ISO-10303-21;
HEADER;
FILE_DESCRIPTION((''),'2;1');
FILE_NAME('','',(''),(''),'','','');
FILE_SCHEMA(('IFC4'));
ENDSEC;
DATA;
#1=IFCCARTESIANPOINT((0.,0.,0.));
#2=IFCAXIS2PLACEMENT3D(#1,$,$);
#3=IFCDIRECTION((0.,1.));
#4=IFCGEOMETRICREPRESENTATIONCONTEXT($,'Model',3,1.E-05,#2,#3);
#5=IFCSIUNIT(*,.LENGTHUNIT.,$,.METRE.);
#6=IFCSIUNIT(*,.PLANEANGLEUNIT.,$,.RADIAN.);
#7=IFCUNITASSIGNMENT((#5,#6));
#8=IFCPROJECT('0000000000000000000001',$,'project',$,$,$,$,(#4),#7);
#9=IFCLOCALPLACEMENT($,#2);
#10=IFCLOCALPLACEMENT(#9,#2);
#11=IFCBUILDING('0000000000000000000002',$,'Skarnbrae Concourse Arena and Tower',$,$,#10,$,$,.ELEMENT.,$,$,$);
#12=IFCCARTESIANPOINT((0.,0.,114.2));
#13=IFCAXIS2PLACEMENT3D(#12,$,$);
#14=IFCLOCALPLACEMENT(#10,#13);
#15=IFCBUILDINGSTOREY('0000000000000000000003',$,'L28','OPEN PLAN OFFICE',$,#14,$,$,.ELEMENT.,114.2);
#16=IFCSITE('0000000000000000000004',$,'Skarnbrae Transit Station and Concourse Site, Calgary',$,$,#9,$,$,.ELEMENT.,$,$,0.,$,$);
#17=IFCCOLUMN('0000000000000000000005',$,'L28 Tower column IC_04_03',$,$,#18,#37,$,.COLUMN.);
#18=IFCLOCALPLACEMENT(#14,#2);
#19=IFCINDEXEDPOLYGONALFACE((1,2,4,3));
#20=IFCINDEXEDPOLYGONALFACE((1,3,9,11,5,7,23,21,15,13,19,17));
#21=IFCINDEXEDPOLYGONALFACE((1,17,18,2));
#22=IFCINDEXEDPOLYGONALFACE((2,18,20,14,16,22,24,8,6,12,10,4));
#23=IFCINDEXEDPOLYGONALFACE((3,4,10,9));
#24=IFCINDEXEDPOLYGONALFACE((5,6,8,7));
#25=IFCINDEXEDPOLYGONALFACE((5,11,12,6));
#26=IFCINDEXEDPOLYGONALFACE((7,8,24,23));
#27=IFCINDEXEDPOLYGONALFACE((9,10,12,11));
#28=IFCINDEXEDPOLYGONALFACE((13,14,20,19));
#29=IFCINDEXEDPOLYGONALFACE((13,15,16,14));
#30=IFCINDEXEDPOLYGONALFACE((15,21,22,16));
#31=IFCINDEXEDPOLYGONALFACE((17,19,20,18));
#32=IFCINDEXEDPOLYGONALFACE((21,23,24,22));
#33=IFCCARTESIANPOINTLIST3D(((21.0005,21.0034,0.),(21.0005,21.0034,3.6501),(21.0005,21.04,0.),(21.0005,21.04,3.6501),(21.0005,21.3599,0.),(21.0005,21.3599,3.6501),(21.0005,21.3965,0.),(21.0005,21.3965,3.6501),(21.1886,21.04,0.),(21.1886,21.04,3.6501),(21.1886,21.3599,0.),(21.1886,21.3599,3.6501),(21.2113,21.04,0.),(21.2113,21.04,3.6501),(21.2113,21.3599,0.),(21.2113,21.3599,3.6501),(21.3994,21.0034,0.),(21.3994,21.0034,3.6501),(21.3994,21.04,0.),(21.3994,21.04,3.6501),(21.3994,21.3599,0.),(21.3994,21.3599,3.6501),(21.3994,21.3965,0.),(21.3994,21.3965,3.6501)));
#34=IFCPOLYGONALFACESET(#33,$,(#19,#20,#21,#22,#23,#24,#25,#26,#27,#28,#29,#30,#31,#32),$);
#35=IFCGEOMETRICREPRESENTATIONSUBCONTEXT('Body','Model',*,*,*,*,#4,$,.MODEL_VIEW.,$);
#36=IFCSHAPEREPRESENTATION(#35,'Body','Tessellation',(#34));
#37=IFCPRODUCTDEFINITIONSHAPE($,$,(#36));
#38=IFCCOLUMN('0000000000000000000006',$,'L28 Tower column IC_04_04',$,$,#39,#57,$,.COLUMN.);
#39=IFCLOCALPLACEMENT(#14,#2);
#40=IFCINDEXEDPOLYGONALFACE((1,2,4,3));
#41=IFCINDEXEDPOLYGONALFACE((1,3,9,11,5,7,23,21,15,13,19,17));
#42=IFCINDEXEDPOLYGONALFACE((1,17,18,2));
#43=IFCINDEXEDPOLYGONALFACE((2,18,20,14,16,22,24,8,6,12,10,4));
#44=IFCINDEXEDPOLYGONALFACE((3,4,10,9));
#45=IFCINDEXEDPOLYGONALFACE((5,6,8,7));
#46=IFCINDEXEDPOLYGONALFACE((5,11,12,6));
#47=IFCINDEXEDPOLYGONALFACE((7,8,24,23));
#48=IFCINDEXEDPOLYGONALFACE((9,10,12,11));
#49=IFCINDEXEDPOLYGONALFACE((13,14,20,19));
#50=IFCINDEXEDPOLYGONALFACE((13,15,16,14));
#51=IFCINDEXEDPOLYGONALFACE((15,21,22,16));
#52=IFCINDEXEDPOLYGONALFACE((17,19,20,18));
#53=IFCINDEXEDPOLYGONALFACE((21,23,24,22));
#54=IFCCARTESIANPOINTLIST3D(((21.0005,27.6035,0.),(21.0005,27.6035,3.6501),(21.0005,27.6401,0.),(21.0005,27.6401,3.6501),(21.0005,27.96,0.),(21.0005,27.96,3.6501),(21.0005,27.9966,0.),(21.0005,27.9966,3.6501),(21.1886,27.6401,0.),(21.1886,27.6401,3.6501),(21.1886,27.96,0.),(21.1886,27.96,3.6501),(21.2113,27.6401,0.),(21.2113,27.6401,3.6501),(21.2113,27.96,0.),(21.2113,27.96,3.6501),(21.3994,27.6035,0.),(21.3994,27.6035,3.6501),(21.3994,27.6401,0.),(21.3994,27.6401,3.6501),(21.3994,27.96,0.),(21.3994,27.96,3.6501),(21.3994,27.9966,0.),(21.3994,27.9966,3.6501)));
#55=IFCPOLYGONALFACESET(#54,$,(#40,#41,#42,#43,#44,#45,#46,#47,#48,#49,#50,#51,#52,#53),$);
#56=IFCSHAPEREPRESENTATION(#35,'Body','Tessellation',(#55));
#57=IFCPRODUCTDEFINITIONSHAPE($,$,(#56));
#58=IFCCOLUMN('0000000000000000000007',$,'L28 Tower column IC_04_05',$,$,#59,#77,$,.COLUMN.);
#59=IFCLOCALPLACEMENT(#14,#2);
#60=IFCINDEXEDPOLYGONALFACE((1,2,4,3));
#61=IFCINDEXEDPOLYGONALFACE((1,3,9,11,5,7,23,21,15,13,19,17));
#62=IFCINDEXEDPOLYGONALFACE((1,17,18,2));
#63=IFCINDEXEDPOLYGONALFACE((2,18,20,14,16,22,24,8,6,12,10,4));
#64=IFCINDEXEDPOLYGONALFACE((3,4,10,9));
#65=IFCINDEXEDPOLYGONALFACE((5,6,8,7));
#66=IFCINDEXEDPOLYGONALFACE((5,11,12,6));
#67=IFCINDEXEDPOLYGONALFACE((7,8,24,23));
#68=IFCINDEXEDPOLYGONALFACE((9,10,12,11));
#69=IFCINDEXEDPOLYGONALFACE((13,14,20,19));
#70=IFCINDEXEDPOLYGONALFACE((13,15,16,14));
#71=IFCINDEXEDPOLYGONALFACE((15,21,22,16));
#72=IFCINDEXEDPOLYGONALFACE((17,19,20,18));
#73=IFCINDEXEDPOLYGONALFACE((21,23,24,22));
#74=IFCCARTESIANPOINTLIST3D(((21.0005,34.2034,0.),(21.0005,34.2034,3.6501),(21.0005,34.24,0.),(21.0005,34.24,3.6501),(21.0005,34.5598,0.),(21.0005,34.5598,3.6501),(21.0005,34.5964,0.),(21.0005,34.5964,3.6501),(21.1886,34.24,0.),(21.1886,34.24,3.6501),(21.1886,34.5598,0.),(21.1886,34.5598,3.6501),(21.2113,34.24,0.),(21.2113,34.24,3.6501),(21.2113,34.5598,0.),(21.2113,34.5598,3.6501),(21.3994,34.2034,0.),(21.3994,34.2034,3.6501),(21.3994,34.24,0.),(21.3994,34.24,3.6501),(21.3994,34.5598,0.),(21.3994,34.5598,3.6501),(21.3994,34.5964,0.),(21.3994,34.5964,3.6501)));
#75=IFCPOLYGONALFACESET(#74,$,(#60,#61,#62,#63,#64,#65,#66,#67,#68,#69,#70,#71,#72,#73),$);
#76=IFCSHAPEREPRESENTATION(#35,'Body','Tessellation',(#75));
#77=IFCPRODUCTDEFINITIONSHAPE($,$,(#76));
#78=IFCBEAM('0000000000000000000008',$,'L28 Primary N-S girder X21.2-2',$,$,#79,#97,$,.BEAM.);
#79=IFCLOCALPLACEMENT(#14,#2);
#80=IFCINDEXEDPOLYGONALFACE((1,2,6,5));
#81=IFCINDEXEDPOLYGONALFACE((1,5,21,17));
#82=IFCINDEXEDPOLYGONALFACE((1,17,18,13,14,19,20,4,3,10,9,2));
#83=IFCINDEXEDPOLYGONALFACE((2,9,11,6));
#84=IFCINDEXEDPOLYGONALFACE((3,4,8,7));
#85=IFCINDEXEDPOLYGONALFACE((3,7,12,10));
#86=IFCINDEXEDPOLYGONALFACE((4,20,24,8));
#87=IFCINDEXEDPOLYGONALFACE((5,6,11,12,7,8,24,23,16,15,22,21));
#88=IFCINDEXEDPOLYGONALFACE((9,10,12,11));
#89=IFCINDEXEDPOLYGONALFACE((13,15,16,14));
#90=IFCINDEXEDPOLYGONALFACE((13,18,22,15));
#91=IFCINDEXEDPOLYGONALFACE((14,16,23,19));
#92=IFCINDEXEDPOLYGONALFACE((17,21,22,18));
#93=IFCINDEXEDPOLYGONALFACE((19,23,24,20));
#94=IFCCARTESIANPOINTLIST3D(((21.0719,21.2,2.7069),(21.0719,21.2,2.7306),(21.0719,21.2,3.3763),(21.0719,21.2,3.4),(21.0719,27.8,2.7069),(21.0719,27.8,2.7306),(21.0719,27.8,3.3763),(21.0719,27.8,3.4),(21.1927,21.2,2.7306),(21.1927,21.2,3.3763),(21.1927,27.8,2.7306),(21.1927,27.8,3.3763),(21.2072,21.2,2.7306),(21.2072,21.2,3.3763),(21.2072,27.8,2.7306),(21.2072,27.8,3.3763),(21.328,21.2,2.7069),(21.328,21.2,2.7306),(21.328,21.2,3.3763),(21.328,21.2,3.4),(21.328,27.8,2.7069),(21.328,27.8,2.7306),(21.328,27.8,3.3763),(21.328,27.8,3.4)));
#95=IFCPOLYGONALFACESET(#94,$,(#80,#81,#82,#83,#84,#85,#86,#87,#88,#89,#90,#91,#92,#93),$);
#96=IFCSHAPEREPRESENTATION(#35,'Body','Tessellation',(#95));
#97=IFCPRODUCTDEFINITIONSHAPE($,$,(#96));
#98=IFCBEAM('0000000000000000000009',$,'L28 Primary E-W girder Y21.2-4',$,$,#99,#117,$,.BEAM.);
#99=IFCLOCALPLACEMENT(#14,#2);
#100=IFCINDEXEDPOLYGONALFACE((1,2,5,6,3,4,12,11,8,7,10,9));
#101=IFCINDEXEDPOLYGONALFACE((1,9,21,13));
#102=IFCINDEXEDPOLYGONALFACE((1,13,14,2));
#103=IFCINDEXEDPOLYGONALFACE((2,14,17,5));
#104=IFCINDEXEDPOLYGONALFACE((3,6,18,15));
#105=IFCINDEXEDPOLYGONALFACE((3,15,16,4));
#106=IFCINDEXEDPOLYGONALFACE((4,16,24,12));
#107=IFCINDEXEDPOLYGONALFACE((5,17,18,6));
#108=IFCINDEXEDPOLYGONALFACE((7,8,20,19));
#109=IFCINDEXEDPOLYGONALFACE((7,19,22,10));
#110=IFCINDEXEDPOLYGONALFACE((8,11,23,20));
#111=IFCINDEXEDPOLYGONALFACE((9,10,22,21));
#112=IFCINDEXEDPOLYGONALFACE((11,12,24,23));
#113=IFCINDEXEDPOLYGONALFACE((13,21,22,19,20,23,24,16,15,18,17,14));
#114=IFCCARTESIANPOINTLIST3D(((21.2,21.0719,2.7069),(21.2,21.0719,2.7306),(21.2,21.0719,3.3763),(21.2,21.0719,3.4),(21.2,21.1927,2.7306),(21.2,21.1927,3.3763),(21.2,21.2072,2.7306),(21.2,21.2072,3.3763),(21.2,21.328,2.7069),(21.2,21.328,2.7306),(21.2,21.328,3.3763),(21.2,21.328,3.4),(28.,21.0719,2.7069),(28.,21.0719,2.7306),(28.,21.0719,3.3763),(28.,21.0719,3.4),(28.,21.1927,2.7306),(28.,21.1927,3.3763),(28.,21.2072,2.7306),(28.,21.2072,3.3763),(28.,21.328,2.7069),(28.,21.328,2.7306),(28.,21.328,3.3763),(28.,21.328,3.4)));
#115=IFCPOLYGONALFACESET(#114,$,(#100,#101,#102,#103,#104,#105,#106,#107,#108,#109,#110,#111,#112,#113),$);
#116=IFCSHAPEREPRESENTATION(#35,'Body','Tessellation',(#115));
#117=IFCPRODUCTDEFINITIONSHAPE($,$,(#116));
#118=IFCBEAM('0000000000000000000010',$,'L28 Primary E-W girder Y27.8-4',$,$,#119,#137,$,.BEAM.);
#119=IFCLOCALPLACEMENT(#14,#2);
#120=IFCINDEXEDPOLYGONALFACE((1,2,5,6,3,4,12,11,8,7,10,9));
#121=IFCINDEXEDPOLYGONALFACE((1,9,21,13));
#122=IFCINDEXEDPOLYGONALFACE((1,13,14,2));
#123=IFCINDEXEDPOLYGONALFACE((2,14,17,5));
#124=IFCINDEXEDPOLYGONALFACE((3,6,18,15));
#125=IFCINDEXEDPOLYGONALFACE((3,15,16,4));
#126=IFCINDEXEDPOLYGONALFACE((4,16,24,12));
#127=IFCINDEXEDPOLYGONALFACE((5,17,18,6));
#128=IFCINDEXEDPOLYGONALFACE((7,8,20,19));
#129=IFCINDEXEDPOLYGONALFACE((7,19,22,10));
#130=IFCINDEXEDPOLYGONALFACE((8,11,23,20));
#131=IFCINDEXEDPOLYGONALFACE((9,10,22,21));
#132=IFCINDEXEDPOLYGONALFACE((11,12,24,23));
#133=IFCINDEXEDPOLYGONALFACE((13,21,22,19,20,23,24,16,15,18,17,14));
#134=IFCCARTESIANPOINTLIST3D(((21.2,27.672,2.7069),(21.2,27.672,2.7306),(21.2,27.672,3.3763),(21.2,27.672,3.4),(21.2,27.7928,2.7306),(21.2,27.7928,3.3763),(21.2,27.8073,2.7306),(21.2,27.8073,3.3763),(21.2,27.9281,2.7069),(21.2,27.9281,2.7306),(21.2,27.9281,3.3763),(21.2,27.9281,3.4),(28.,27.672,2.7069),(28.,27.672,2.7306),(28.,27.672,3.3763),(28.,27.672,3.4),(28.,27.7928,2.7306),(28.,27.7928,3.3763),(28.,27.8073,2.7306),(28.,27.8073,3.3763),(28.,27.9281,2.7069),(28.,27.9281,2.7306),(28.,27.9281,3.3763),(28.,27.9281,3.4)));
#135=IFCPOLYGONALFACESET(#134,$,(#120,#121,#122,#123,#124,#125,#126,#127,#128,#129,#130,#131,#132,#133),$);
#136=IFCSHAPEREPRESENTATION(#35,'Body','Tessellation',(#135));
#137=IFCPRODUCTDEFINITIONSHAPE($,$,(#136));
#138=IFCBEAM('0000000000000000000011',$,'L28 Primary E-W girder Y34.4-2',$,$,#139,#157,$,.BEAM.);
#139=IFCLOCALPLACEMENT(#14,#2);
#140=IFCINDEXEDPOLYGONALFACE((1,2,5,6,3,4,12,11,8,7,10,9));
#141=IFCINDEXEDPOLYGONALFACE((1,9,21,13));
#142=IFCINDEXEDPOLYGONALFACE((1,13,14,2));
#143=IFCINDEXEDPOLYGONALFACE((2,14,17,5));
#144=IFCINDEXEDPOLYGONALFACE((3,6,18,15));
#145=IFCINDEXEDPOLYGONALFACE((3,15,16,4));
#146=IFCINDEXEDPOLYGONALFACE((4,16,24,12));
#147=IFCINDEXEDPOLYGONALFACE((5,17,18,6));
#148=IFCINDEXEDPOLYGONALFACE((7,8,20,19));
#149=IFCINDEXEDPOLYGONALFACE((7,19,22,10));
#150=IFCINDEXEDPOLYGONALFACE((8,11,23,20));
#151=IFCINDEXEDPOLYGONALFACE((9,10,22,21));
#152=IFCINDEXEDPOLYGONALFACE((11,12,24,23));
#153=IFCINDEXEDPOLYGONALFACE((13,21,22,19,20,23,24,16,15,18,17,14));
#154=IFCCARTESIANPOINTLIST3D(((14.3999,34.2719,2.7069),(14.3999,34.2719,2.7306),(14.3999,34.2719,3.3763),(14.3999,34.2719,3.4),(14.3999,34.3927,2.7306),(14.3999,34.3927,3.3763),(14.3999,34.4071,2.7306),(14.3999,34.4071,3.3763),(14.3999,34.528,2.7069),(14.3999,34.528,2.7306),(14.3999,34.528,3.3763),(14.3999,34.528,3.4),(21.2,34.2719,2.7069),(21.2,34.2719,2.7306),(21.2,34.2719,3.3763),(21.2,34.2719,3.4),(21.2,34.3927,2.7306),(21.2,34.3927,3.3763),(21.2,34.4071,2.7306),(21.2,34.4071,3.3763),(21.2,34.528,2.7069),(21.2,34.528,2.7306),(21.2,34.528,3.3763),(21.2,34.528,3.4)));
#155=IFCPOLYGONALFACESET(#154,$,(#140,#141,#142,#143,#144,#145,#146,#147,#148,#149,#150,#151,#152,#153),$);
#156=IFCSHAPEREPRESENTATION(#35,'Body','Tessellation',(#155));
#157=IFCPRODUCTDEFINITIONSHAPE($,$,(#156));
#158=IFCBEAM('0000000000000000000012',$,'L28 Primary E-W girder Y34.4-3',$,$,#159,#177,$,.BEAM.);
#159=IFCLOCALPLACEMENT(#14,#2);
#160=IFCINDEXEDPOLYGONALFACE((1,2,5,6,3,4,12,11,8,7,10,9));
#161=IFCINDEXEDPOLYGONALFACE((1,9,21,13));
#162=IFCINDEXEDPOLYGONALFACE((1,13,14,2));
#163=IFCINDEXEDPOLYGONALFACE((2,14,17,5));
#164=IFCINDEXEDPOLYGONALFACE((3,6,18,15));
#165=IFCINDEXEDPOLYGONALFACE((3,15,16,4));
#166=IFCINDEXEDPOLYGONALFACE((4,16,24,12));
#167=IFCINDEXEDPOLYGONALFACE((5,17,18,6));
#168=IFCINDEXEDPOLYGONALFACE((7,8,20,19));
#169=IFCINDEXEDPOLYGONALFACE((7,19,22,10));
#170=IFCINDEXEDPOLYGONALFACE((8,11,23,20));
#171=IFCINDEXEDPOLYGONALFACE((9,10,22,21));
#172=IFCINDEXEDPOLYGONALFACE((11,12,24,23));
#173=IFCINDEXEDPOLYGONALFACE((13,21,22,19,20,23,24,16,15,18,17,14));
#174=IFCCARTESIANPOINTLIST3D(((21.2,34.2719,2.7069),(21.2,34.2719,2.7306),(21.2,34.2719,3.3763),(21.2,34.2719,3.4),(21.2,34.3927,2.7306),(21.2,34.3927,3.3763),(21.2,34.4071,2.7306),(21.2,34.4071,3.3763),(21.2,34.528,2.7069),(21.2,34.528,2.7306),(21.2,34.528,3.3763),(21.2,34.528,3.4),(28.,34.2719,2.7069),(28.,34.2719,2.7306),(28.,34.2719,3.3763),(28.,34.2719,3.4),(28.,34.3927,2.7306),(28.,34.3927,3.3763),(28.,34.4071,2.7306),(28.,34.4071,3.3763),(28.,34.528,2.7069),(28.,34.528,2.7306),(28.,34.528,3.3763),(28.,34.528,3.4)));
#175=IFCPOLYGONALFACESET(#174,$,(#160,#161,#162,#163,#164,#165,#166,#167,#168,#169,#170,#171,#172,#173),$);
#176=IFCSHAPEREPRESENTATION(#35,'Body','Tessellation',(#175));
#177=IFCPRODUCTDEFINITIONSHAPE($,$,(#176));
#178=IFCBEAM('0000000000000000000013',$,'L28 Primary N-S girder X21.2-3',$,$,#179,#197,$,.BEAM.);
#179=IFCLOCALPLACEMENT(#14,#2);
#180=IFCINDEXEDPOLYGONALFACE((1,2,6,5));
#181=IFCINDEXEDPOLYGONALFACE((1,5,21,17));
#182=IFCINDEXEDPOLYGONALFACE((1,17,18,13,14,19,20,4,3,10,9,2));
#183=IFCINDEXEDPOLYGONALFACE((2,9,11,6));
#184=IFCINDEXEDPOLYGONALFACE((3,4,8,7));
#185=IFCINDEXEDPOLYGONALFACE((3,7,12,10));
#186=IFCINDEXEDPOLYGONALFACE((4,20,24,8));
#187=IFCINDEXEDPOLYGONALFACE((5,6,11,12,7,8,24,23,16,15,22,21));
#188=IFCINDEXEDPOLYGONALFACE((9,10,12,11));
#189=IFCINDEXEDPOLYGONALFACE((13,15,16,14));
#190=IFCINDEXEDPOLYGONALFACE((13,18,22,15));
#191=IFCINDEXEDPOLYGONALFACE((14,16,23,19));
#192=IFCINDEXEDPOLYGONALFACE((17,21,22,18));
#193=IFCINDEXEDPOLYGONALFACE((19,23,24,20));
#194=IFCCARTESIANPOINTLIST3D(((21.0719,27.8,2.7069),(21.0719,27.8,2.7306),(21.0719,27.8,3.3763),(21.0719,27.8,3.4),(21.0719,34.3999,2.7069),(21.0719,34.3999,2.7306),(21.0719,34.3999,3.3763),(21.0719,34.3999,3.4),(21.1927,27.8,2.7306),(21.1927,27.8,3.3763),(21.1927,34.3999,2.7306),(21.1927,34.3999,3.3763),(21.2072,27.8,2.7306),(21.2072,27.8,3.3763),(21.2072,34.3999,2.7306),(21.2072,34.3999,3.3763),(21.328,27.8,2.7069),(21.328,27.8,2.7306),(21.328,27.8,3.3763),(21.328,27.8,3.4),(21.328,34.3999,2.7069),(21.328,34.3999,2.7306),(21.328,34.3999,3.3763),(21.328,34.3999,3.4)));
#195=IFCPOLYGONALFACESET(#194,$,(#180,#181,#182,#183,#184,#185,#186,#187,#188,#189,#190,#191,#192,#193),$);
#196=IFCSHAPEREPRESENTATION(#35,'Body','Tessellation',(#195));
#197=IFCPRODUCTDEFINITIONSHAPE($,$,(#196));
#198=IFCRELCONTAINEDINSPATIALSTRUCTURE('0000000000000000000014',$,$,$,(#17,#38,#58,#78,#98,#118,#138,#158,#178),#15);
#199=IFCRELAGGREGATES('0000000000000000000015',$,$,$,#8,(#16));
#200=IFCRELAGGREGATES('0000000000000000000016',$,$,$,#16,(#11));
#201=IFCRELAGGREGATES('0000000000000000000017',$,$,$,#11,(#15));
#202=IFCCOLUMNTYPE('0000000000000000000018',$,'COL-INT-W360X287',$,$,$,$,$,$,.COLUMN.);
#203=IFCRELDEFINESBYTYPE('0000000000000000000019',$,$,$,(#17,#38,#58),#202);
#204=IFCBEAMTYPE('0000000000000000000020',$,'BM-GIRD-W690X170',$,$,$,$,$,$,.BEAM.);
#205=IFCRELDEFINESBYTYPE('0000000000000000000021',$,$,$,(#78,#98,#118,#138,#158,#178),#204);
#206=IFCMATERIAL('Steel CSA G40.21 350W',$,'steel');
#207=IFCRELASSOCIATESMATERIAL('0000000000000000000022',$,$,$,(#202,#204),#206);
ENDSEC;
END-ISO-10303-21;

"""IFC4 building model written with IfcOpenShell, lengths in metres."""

from ifc_helpers import new_model, si_unit, direction, frame, origin, origin_2d, place, context, subcontext, project, spatial, i_section, extrude, source, transform, mapped, material, material_profile, profile_set, type_object, element, save


model = new_model("IFC4")

# Units and contexts
model_context = context("Model", 3, precision=1e-05, world=origin(), true_north=direction((0.0, 1.0)))
body_context = subcontext(model_context, "Body", "Model", "MODEL_VIEW")
ifc_project = project(units=[si_unit("LENGTHUNIT", "METRE"), si_unit("PLANEANGLEUNIT", "RADIAN")], contexts=[model_context])

# Site, building, storey
site_placement = place(None, origin())
site = spatial("IfcSite", under=ifc_project, at=site_placement, Name="Skarnbrae Transit Station and Concourse Site, Calgary", CompositionType="ELEMENT", RefElevation=0.0)
building_placement = place(site_placement, origin())
building = spatial("IfcBuilding", under=site, at=building_placement, Name="Skarnbrae Concourse Arena and Tower", CompositionType="ELEMENT")
storey_placement = place(building_placement, frame((0.0, 0.0, 114.2)))
storey = spatial("IfcBuildingStorey", under=building, at=storey_placement, Name="L28", Description="OPEN PLAN OFFICE", CompositionType="ELEMENT", Elevation=114.2)

# Columns
ifc_material_1 = material(Name="Steel CSA G40.21 350W", Category="steel")
ifc_material_profile_1 = material_profile(ifc_material_1, i_section(OverallWidth=0.3989, OverallDepth=0.3931, WebThickness=0.0227, FlangeThickness=0.0366, at=origin_2d()), Name="W360X287")
ifc_profile_set_1 = profile_set([ifc_material_profile_1], Name="Steel CSA G40.21 350W")
column_type = type_object("IfcColumnType", Name="COL-INT-W360X287", PredefinedType="COLUMN", material=ifc_profile_set_1)
shared_shape_1 = source(origin(), body_context, "Body", "SweptSolid", [
    extrude(i_section(OverallWidth=0.3989, OverallDepth=0.3931, WebThickness=0.0227, FlangeThickness=0.0366, at=origin_2d()), origin(), (0.0, 0.0, 1.0), 3.6501),
])
for number, where, z_axis, x_axis, name in (
    (1, (21.2, 21.2, 0.0), (0.0, 0.0, 1.0), (1.0, 0.0, 0.0), "L28 Tower column IC_04_03"),
    (2, (21.2, 27.8, 0.0), (0.0, 0.0, 1.0), (1.0, 0.0, 0.0), "L28 Tower column IC_04_04"),
    (3, (21.2, 34.3999, 0.0), (0.0, 0.0, 1.0), (1.0, 0.0, 0.0), "L28 Tower column IC_04_05"),
):
    element("IfcColumn", number, at=place(storey_placement, frame(where, z_axis=z_axis, x_axis=x_axis)), inside=storey, type_object=column_type, Name=name, PredefinedType="COLUMN", context=body_context, shape_type="MappedRepresentation", body=[
        mapped(shared_shape_1, transform((0.0, 0.0, 0.0))),
    ])

# Beams
ifc_material_profile_2 = material_profile(ifc_material_1, i_section(OverallWidth=0.2561, OverallDepth=0.6931, WebThickness=0.0144, FlangeThickness=0.0237, at=origin_2d()), Name="W690X170")
ifc_profile_set_2 = profile_set([ifc_material_profile_2], Name="Steel CSA G40.21 350W")
beam_type_1 = type_object("IfcBeamType", Name="BM-GIRD-W690X170", PredefinedType="BEAM", material=ifc_profile_set_2)
shared_shape_2 = source(origin(), body_context, "Body", "SweptSolid", [
    extrude(i_section(OverallWidth=0.2561, OverallDepth=0.6931, WebThickness=0.0144, FlangeThickness=0.0237, at=origin_2d()), origin(), (0.0, 0.0, 1.0), 6.6001),
])
beam_1_placement = place(storey_placement, frame((21.2, 21.2, 3.0535), z_axis=(0.0, 1.0, 0.0), x_axis=(-1.0, 0.0, 0.0)))
element("IfcBeam", 4, at=beam_1_placement, inside=storey, type_object=beam_type_1, Name="L28 Primary N-S girder X21.2-2", PredefinedType="BEAM", context=body_context, shape_type="MappedRepresentation", body=[
    mapped(shared_shape_2, transform((0.0, 0.0, 0.0))),
])
shared_shape_3 = source(origin(), body_context, "Body", "SweptSolid", [
    extrude(i_section(OverallWidth=0.2561, OverallDepth=0.6931, WebThickness=0.0144, FlangeThickness=0.0237, at=origin_2d()), origin(), (0.0, 0.0, 1.0), 6.8),
])
for number, where, z_axis, x_axis, name in (
    (5, (21.2, 21.2, 3.0535), (1.0, 0.0, 0.0), (0.0, 1.0, 0.0), "L28 Primary E-W girder Y21.2-4"),
    (6, (21.2, 27.8, 3.0535), (1.0, 0.0, 0.0), (0.0, 1.0, 0.0), "L28 Primary E-W girder Y27.8-4"),
    (7, (14.3999, 34.3999, 3.0535), (1.0, 0.0, 0.0), (0.0, 1.0, 0.0), "L28 Primary E-W girder Y34.4-2"),
    (8, (21.2, 34.3999, 3.0535), (1.0, 0.0, 0.0), (0.0, 1.0, 0.0), "L28 Primary E-W girder Y34.4-3"),
):
    element("IfcBeam", number, at=place(storey_placement, frame(where, z_axis=z_axis, x_axis=x_axis)), inside=storey, type_object=beam_type_1, Name=name, PredefinedType="BEAM", context=body_context, shape_type="MappedRepresentation", body=[
        mapped(shared_shape_3, transform((0.0, 0.0, 0.0))),
    ])
shared_shape_4 = source(origin(), body_context, "Body", "SweptSolid", [
    extrude(i_section(OverallWidth=0.2561, OverallDepth=0.6931, WebThickness=0.0144, FlangeThickness=0.0237, at=origin_2d()), origin(), (0.0, 0.0, 1.0), 6.5999),
])
beam_2_placement = place(storey_placement, frame((21.2, 27.8, 3.0535), z_axis=(0.0, 1.0, 0.0), x_axis=(-1.0, 0.0, 0.0)))
element("IfcBeam", 9, at=beam_2_placement, inside=storey, type_object=beam_type_1, Name="L28 Primary N-S girder X21.2-3", PredefinedType="BEAM", context=body_context, shape_type="MappedRepresentation", body=[
    mapped(shared_shape_4, transform((0.0, 0.0, 0.0))),
])

save(model, "model.ifc")
